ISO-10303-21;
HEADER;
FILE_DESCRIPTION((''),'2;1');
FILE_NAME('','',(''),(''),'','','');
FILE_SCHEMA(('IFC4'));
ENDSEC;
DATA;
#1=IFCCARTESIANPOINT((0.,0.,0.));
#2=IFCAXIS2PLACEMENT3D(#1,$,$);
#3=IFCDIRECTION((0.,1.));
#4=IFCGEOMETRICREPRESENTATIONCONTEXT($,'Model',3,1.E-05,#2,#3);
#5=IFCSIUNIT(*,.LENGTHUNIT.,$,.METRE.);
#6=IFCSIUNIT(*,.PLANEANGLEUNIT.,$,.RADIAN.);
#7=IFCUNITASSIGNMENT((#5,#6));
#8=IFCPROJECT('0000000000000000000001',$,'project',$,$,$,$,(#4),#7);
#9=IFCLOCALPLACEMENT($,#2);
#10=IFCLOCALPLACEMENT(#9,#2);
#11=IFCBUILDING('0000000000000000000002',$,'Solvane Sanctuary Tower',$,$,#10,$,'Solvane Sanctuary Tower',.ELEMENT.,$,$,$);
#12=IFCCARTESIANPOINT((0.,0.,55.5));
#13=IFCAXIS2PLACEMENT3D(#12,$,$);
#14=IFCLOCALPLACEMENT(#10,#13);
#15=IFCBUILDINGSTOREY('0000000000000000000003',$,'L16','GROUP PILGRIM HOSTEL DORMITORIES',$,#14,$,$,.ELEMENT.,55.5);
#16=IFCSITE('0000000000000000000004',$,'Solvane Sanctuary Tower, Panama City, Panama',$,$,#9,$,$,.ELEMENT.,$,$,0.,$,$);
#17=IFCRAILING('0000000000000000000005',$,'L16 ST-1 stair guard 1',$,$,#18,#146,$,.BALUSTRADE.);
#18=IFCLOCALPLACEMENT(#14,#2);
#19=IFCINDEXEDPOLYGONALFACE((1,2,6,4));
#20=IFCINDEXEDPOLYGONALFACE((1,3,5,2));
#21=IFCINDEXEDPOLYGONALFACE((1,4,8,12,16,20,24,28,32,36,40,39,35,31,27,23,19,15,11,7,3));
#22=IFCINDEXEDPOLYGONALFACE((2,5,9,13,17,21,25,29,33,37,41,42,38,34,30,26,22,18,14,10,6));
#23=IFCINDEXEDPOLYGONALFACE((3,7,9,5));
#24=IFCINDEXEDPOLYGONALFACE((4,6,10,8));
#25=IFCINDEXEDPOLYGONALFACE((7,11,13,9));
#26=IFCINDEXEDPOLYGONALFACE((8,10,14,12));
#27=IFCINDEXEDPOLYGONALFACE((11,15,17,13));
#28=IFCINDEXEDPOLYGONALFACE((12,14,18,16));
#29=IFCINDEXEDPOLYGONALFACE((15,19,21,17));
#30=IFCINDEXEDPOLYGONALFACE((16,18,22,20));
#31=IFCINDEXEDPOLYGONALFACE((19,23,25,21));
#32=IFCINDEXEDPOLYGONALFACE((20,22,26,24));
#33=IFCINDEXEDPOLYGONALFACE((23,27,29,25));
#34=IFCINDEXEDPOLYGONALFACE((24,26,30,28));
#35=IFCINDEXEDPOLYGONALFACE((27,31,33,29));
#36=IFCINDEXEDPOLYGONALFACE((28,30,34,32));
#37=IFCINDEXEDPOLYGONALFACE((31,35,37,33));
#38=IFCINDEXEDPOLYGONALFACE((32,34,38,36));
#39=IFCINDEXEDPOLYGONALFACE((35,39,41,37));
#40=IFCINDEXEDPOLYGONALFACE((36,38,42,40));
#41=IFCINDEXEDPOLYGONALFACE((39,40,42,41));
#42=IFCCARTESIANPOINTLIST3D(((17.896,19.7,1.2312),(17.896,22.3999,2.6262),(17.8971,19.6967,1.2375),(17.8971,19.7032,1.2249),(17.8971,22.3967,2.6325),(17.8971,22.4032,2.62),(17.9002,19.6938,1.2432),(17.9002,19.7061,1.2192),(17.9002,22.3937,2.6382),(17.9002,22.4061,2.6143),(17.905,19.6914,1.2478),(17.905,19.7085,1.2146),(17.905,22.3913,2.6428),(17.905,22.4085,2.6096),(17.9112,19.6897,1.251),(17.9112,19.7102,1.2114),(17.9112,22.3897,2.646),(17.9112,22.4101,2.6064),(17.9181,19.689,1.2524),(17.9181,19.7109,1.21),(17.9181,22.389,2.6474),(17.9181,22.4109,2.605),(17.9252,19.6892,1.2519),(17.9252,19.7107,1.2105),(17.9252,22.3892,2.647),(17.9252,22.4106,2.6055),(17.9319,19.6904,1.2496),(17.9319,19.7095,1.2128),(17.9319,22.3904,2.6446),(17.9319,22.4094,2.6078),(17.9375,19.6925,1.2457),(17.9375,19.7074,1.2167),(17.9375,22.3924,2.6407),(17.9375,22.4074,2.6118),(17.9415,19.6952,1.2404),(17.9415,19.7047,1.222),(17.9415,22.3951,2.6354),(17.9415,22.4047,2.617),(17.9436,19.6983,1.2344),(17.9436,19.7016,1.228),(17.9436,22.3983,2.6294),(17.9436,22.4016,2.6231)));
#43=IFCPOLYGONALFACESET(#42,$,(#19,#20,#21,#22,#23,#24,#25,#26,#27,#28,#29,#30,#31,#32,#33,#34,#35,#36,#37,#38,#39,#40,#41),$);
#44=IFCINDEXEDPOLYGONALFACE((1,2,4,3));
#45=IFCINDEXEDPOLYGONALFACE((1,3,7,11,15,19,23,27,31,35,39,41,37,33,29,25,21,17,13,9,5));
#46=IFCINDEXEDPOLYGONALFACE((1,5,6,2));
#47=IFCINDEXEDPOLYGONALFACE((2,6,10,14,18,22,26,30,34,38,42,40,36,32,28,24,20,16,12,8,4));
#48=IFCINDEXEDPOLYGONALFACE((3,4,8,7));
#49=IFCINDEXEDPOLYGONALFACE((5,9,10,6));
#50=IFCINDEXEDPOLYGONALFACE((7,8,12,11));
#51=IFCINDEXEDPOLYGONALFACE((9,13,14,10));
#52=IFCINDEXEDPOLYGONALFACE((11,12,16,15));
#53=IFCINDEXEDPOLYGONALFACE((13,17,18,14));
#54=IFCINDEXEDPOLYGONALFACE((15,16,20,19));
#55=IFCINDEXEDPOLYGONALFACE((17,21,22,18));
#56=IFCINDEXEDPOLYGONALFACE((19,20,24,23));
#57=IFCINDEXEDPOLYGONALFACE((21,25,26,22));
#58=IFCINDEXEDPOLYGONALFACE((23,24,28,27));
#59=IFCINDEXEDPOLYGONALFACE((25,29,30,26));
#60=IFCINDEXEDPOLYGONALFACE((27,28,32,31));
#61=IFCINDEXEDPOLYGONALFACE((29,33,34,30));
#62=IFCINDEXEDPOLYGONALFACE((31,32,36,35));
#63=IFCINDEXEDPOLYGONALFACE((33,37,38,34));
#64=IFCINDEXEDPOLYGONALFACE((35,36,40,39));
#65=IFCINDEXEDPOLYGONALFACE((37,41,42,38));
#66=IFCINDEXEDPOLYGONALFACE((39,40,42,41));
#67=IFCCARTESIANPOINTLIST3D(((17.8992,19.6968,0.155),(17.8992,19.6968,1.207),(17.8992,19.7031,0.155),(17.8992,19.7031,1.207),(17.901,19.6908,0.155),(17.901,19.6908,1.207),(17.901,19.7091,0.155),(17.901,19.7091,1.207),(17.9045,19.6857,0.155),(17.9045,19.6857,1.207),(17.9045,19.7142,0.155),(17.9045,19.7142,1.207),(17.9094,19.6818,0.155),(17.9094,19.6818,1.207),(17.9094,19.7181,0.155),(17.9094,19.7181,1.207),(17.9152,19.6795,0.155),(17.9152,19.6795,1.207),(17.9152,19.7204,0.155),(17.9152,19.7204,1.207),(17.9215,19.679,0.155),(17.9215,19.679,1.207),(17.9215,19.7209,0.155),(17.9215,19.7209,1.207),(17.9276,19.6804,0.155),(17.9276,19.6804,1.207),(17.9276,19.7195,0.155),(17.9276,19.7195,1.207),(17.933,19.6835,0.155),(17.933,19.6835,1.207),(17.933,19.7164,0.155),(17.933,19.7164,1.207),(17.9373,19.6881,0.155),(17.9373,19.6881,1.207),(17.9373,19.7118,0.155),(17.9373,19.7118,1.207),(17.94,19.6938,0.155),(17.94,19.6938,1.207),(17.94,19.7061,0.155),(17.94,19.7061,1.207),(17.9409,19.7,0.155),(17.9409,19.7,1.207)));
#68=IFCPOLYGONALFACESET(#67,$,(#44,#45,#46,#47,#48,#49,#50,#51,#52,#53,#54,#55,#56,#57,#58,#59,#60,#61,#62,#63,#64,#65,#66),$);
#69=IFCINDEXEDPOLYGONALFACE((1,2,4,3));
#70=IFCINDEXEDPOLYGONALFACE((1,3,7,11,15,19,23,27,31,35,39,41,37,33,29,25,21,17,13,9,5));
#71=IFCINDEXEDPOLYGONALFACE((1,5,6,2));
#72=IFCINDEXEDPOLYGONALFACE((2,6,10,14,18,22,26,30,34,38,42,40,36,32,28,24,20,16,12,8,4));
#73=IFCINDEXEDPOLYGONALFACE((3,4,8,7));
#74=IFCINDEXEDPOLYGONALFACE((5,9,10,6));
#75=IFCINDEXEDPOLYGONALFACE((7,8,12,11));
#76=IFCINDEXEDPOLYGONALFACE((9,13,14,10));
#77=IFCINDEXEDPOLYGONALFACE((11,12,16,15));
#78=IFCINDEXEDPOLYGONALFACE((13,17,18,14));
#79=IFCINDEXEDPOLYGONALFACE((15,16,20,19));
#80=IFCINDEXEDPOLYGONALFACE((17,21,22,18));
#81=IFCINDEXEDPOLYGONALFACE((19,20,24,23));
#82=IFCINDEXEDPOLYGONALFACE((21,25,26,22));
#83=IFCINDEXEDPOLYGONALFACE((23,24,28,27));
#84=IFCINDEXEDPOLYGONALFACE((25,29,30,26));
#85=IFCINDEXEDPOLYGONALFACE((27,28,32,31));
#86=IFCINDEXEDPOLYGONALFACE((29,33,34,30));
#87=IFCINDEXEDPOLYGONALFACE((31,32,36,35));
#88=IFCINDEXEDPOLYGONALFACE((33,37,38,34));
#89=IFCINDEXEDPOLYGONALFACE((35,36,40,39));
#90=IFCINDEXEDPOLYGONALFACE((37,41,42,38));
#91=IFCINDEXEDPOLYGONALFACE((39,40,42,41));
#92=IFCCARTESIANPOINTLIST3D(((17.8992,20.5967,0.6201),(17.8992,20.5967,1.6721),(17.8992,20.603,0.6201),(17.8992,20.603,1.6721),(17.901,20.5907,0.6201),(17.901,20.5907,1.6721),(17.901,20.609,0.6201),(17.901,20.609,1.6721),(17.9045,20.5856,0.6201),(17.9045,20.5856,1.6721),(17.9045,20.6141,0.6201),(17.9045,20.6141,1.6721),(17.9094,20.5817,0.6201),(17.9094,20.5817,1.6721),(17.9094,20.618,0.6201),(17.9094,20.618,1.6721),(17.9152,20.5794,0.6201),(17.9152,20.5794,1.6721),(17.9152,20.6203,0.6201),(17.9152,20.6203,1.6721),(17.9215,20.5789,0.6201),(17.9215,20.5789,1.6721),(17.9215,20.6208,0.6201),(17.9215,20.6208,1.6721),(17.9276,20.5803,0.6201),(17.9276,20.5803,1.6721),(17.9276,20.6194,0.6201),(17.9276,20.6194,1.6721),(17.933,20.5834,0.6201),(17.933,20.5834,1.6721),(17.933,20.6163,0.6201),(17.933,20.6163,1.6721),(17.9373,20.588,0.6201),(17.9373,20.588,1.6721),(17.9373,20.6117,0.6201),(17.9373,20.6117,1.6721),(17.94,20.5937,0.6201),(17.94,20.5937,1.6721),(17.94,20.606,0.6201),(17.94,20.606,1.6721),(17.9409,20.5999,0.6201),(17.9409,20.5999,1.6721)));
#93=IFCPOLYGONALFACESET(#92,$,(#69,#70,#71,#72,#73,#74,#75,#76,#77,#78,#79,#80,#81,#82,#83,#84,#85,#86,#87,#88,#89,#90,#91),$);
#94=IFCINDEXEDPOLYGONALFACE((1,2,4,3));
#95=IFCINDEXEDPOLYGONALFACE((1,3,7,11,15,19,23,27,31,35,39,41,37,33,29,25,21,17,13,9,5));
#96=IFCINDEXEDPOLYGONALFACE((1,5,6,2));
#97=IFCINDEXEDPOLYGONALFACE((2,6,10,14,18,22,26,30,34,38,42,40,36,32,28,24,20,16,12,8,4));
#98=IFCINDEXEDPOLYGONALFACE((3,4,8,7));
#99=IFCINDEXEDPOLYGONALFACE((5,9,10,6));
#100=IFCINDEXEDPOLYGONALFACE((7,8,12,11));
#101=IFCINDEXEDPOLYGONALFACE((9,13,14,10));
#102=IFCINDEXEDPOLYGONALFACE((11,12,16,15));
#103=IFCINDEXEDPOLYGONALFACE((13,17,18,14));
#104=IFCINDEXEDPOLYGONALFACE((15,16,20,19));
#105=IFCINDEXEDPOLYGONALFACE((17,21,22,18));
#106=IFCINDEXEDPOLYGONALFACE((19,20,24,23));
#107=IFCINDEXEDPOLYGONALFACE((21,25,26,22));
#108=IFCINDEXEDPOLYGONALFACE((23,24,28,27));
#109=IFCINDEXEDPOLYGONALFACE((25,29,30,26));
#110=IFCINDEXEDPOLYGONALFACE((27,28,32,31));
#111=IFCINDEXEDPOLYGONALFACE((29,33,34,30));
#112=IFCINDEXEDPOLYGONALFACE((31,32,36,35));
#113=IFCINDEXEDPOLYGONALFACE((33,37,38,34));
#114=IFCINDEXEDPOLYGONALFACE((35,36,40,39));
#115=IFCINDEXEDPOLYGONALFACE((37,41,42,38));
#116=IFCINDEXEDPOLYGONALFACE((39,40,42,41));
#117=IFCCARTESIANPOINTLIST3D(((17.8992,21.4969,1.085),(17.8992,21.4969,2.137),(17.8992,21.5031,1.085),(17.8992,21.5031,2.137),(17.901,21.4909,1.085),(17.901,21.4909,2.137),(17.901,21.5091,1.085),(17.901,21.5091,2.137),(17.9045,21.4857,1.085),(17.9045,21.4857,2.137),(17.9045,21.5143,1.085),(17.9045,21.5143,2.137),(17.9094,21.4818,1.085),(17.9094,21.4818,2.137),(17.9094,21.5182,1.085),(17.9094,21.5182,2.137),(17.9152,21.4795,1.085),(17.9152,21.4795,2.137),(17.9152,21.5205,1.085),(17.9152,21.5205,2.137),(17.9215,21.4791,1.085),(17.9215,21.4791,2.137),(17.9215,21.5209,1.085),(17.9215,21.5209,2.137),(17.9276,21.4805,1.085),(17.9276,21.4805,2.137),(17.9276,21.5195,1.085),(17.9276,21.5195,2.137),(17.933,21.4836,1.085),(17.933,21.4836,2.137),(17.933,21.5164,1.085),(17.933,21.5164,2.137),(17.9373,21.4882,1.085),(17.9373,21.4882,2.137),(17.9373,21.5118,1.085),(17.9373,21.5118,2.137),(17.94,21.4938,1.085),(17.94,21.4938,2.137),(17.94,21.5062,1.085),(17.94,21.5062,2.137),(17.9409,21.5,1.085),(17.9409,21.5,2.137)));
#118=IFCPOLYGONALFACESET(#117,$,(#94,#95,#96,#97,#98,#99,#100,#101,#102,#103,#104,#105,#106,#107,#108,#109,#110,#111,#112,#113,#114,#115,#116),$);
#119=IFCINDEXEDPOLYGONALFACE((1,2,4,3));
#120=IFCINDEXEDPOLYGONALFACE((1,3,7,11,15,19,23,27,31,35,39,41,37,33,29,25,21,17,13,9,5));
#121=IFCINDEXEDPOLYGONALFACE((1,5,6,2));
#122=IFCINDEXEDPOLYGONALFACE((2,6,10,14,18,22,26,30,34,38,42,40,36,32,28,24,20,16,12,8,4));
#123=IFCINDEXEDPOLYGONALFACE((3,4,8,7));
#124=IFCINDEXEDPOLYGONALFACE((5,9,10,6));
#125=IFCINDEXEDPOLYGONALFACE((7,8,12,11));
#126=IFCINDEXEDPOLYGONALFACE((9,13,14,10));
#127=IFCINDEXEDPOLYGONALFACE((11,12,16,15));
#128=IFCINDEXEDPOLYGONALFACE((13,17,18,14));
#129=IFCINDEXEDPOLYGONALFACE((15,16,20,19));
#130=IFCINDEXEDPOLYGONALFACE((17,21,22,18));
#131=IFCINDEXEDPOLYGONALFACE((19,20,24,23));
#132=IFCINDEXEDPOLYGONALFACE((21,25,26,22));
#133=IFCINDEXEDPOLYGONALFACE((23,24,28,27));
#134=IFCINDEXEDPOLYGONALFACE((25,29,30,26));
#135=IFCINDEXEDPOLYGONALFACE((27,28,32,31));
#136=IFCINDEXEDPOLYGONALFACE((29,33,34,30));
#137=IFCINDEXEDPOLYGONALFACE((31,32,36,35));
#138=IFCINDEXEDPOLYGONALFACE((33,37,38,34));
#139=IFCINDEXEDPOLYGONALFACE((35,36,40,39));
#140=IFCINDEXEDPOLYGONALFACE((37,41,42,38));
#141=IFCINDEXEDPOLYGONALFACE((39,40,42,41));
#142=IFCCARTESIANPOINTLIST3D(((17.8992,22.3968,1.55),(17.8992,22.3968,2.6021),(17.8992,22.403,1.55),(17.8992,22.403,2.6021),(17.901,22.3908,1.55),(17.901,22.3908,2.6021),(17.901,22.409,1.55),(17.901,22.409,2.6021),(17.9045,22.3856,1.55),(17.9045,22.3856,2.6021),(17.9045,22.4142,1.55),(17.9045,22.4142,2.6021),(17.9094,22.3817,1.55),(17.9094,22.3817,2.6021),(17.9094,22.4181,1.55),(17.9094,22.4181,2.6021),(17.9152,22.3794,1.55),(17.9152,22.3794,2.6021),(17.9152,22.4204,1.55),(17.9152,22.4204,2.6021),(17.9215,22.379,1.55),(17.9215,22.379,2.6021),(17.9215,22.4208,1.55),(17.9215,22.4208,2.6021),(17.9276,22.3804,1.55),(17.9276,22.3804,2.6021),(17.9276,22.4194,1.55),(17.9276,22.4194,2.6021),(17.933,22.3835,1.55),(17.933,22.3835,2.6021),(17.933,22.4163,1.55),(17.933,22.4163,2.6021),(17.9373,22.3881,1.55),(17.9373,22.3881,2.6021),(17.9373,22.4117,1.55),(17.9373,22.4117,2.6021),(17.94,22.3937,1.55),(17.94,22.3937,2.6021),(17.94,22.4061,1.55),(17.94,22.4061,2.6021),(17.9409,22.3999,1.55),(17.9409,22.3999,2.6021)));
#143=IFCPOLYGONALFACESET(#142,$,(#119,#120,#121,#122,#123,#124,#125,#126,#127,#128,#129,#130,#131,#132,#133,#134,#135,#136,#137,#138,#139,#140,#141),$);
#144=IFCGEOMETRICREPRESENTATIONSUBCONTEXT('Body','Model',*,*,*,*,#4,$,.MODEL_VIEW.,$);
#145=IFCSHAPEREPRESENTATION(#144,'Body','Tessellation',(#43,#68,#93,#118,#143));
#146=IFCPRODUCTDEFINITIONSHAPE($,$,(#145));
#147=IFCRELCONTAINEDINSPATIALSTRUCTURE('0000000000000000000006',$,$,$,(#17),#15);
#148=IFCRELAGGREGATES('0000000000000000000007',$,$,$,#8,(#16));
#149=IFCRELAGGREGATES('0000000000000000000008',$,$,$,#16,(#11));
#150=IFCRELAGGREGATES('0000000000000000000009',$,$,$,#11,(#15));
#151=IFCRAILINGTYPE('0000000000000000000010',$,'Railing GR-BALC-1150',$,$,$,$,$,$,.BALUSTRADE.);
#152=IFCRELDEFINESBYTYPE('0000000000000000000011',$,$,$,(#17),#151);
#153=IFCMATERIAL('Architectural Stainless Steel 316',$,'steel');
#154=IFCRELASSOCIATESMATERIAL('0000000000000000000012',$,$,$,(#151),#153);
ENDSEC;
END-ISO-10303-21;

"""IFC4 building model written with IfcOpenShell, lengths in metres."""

from ifc_helpers import new_model, si_unit, direction, frame, origin, origin_2d, place, context, subcontext, project, spatial, circle, extrude, material, type_object, element, save


model = new_model("IFC4")

# Units and contexts
model_context = context("Model", 3, precision=1e-05, world=origin(), true_north=direction((0.0, 1.0)))
body_context = subcontext(model_context, "Body", "Model", "MODEL_VIEW")
ifc_project = project(units=[si_unit("LENGTHUNIT", "METRE"), si_unit("PLANEANGLEUNIT", "RADIAN")], contexts=[model_context])

# Site, building, storey
site_placement = place(None, origin())
site = spatial("IfcSite", under=ifc_project, at=site_placement, Name="Solvane Sanctuary Tower, Panama City, Panama", CompositionType="ELEMENT", RefElevation=0.0)
building_placement = place(site_placement, origin())
building = spatial("IfcBuilding", under=site, at=building_placement, Name="Solvane Sanctuary Tower", LongName="Solvane Sanctuary Tower", CompositionType="ELEMENT")
storey_placement = place(building_placement, frame((0.0, 0.0, 55.5)))
storey = spatial("IfcBuildingStorey", under=building, at=storey_placement, Name="L16", Description="GROUP PILGRIM HOSTEL DORMITORIES", CompositionType="ELEMENT", Elevation=55.5)

# Shared definitions
ifc_material_1 = material(Name="Architectural Stainless Steel 316", Category="steel")

# Railing
railing_type = type_object("IfcRailingType", Name="Railing GR-BALC-1150", PredefinedType="BALUSTRADE", material=ifc_material_1)
railing_placement = place(storey_placement, frame((17.9199, 19.7, 0.155)))
element("IfcRailing", 1, at=railing_placement, inside=storey, type_object=railing_type, Name="L16 ST-1 stair guard 1", PredefinedType="BALUSTRADE", context=body_context, shape_type="SweptSolid", body=[
    extrude(circle(Radius=0.0239, at=origin_2d()), frame((0.0, 0.0, 1.0762), z_axis=(0.0, 0.88842, 0.459032), x_axis=(-1.0, 0.0, 0.0)), (0.0, 0.0, 1.0), 3.0391),
    extrude(circle(Radius=0.021, at=origin_2d()), origin(), (0.0, 0.0, 1.0), 1.052),
    extrude(circle(Radius=0.021, at=origin_2d()), frame((0.0, 0.8999, 0.4651)), (0.0, 0.0, 1.0), 1.052),
    extrude(circle(Radius=0.021, at=origin_2d()), frame((0.0, 1.8, 0.9299)), (0.0, 0.0, 1.0), 1.052),
    extrude(circle(Radius=0.021, at=origin_2d()), frame((0.0, 2.7, 1.395)), (0.0, 0.0, 1.0), 1.052),
])

save(model, "model.ifc")
